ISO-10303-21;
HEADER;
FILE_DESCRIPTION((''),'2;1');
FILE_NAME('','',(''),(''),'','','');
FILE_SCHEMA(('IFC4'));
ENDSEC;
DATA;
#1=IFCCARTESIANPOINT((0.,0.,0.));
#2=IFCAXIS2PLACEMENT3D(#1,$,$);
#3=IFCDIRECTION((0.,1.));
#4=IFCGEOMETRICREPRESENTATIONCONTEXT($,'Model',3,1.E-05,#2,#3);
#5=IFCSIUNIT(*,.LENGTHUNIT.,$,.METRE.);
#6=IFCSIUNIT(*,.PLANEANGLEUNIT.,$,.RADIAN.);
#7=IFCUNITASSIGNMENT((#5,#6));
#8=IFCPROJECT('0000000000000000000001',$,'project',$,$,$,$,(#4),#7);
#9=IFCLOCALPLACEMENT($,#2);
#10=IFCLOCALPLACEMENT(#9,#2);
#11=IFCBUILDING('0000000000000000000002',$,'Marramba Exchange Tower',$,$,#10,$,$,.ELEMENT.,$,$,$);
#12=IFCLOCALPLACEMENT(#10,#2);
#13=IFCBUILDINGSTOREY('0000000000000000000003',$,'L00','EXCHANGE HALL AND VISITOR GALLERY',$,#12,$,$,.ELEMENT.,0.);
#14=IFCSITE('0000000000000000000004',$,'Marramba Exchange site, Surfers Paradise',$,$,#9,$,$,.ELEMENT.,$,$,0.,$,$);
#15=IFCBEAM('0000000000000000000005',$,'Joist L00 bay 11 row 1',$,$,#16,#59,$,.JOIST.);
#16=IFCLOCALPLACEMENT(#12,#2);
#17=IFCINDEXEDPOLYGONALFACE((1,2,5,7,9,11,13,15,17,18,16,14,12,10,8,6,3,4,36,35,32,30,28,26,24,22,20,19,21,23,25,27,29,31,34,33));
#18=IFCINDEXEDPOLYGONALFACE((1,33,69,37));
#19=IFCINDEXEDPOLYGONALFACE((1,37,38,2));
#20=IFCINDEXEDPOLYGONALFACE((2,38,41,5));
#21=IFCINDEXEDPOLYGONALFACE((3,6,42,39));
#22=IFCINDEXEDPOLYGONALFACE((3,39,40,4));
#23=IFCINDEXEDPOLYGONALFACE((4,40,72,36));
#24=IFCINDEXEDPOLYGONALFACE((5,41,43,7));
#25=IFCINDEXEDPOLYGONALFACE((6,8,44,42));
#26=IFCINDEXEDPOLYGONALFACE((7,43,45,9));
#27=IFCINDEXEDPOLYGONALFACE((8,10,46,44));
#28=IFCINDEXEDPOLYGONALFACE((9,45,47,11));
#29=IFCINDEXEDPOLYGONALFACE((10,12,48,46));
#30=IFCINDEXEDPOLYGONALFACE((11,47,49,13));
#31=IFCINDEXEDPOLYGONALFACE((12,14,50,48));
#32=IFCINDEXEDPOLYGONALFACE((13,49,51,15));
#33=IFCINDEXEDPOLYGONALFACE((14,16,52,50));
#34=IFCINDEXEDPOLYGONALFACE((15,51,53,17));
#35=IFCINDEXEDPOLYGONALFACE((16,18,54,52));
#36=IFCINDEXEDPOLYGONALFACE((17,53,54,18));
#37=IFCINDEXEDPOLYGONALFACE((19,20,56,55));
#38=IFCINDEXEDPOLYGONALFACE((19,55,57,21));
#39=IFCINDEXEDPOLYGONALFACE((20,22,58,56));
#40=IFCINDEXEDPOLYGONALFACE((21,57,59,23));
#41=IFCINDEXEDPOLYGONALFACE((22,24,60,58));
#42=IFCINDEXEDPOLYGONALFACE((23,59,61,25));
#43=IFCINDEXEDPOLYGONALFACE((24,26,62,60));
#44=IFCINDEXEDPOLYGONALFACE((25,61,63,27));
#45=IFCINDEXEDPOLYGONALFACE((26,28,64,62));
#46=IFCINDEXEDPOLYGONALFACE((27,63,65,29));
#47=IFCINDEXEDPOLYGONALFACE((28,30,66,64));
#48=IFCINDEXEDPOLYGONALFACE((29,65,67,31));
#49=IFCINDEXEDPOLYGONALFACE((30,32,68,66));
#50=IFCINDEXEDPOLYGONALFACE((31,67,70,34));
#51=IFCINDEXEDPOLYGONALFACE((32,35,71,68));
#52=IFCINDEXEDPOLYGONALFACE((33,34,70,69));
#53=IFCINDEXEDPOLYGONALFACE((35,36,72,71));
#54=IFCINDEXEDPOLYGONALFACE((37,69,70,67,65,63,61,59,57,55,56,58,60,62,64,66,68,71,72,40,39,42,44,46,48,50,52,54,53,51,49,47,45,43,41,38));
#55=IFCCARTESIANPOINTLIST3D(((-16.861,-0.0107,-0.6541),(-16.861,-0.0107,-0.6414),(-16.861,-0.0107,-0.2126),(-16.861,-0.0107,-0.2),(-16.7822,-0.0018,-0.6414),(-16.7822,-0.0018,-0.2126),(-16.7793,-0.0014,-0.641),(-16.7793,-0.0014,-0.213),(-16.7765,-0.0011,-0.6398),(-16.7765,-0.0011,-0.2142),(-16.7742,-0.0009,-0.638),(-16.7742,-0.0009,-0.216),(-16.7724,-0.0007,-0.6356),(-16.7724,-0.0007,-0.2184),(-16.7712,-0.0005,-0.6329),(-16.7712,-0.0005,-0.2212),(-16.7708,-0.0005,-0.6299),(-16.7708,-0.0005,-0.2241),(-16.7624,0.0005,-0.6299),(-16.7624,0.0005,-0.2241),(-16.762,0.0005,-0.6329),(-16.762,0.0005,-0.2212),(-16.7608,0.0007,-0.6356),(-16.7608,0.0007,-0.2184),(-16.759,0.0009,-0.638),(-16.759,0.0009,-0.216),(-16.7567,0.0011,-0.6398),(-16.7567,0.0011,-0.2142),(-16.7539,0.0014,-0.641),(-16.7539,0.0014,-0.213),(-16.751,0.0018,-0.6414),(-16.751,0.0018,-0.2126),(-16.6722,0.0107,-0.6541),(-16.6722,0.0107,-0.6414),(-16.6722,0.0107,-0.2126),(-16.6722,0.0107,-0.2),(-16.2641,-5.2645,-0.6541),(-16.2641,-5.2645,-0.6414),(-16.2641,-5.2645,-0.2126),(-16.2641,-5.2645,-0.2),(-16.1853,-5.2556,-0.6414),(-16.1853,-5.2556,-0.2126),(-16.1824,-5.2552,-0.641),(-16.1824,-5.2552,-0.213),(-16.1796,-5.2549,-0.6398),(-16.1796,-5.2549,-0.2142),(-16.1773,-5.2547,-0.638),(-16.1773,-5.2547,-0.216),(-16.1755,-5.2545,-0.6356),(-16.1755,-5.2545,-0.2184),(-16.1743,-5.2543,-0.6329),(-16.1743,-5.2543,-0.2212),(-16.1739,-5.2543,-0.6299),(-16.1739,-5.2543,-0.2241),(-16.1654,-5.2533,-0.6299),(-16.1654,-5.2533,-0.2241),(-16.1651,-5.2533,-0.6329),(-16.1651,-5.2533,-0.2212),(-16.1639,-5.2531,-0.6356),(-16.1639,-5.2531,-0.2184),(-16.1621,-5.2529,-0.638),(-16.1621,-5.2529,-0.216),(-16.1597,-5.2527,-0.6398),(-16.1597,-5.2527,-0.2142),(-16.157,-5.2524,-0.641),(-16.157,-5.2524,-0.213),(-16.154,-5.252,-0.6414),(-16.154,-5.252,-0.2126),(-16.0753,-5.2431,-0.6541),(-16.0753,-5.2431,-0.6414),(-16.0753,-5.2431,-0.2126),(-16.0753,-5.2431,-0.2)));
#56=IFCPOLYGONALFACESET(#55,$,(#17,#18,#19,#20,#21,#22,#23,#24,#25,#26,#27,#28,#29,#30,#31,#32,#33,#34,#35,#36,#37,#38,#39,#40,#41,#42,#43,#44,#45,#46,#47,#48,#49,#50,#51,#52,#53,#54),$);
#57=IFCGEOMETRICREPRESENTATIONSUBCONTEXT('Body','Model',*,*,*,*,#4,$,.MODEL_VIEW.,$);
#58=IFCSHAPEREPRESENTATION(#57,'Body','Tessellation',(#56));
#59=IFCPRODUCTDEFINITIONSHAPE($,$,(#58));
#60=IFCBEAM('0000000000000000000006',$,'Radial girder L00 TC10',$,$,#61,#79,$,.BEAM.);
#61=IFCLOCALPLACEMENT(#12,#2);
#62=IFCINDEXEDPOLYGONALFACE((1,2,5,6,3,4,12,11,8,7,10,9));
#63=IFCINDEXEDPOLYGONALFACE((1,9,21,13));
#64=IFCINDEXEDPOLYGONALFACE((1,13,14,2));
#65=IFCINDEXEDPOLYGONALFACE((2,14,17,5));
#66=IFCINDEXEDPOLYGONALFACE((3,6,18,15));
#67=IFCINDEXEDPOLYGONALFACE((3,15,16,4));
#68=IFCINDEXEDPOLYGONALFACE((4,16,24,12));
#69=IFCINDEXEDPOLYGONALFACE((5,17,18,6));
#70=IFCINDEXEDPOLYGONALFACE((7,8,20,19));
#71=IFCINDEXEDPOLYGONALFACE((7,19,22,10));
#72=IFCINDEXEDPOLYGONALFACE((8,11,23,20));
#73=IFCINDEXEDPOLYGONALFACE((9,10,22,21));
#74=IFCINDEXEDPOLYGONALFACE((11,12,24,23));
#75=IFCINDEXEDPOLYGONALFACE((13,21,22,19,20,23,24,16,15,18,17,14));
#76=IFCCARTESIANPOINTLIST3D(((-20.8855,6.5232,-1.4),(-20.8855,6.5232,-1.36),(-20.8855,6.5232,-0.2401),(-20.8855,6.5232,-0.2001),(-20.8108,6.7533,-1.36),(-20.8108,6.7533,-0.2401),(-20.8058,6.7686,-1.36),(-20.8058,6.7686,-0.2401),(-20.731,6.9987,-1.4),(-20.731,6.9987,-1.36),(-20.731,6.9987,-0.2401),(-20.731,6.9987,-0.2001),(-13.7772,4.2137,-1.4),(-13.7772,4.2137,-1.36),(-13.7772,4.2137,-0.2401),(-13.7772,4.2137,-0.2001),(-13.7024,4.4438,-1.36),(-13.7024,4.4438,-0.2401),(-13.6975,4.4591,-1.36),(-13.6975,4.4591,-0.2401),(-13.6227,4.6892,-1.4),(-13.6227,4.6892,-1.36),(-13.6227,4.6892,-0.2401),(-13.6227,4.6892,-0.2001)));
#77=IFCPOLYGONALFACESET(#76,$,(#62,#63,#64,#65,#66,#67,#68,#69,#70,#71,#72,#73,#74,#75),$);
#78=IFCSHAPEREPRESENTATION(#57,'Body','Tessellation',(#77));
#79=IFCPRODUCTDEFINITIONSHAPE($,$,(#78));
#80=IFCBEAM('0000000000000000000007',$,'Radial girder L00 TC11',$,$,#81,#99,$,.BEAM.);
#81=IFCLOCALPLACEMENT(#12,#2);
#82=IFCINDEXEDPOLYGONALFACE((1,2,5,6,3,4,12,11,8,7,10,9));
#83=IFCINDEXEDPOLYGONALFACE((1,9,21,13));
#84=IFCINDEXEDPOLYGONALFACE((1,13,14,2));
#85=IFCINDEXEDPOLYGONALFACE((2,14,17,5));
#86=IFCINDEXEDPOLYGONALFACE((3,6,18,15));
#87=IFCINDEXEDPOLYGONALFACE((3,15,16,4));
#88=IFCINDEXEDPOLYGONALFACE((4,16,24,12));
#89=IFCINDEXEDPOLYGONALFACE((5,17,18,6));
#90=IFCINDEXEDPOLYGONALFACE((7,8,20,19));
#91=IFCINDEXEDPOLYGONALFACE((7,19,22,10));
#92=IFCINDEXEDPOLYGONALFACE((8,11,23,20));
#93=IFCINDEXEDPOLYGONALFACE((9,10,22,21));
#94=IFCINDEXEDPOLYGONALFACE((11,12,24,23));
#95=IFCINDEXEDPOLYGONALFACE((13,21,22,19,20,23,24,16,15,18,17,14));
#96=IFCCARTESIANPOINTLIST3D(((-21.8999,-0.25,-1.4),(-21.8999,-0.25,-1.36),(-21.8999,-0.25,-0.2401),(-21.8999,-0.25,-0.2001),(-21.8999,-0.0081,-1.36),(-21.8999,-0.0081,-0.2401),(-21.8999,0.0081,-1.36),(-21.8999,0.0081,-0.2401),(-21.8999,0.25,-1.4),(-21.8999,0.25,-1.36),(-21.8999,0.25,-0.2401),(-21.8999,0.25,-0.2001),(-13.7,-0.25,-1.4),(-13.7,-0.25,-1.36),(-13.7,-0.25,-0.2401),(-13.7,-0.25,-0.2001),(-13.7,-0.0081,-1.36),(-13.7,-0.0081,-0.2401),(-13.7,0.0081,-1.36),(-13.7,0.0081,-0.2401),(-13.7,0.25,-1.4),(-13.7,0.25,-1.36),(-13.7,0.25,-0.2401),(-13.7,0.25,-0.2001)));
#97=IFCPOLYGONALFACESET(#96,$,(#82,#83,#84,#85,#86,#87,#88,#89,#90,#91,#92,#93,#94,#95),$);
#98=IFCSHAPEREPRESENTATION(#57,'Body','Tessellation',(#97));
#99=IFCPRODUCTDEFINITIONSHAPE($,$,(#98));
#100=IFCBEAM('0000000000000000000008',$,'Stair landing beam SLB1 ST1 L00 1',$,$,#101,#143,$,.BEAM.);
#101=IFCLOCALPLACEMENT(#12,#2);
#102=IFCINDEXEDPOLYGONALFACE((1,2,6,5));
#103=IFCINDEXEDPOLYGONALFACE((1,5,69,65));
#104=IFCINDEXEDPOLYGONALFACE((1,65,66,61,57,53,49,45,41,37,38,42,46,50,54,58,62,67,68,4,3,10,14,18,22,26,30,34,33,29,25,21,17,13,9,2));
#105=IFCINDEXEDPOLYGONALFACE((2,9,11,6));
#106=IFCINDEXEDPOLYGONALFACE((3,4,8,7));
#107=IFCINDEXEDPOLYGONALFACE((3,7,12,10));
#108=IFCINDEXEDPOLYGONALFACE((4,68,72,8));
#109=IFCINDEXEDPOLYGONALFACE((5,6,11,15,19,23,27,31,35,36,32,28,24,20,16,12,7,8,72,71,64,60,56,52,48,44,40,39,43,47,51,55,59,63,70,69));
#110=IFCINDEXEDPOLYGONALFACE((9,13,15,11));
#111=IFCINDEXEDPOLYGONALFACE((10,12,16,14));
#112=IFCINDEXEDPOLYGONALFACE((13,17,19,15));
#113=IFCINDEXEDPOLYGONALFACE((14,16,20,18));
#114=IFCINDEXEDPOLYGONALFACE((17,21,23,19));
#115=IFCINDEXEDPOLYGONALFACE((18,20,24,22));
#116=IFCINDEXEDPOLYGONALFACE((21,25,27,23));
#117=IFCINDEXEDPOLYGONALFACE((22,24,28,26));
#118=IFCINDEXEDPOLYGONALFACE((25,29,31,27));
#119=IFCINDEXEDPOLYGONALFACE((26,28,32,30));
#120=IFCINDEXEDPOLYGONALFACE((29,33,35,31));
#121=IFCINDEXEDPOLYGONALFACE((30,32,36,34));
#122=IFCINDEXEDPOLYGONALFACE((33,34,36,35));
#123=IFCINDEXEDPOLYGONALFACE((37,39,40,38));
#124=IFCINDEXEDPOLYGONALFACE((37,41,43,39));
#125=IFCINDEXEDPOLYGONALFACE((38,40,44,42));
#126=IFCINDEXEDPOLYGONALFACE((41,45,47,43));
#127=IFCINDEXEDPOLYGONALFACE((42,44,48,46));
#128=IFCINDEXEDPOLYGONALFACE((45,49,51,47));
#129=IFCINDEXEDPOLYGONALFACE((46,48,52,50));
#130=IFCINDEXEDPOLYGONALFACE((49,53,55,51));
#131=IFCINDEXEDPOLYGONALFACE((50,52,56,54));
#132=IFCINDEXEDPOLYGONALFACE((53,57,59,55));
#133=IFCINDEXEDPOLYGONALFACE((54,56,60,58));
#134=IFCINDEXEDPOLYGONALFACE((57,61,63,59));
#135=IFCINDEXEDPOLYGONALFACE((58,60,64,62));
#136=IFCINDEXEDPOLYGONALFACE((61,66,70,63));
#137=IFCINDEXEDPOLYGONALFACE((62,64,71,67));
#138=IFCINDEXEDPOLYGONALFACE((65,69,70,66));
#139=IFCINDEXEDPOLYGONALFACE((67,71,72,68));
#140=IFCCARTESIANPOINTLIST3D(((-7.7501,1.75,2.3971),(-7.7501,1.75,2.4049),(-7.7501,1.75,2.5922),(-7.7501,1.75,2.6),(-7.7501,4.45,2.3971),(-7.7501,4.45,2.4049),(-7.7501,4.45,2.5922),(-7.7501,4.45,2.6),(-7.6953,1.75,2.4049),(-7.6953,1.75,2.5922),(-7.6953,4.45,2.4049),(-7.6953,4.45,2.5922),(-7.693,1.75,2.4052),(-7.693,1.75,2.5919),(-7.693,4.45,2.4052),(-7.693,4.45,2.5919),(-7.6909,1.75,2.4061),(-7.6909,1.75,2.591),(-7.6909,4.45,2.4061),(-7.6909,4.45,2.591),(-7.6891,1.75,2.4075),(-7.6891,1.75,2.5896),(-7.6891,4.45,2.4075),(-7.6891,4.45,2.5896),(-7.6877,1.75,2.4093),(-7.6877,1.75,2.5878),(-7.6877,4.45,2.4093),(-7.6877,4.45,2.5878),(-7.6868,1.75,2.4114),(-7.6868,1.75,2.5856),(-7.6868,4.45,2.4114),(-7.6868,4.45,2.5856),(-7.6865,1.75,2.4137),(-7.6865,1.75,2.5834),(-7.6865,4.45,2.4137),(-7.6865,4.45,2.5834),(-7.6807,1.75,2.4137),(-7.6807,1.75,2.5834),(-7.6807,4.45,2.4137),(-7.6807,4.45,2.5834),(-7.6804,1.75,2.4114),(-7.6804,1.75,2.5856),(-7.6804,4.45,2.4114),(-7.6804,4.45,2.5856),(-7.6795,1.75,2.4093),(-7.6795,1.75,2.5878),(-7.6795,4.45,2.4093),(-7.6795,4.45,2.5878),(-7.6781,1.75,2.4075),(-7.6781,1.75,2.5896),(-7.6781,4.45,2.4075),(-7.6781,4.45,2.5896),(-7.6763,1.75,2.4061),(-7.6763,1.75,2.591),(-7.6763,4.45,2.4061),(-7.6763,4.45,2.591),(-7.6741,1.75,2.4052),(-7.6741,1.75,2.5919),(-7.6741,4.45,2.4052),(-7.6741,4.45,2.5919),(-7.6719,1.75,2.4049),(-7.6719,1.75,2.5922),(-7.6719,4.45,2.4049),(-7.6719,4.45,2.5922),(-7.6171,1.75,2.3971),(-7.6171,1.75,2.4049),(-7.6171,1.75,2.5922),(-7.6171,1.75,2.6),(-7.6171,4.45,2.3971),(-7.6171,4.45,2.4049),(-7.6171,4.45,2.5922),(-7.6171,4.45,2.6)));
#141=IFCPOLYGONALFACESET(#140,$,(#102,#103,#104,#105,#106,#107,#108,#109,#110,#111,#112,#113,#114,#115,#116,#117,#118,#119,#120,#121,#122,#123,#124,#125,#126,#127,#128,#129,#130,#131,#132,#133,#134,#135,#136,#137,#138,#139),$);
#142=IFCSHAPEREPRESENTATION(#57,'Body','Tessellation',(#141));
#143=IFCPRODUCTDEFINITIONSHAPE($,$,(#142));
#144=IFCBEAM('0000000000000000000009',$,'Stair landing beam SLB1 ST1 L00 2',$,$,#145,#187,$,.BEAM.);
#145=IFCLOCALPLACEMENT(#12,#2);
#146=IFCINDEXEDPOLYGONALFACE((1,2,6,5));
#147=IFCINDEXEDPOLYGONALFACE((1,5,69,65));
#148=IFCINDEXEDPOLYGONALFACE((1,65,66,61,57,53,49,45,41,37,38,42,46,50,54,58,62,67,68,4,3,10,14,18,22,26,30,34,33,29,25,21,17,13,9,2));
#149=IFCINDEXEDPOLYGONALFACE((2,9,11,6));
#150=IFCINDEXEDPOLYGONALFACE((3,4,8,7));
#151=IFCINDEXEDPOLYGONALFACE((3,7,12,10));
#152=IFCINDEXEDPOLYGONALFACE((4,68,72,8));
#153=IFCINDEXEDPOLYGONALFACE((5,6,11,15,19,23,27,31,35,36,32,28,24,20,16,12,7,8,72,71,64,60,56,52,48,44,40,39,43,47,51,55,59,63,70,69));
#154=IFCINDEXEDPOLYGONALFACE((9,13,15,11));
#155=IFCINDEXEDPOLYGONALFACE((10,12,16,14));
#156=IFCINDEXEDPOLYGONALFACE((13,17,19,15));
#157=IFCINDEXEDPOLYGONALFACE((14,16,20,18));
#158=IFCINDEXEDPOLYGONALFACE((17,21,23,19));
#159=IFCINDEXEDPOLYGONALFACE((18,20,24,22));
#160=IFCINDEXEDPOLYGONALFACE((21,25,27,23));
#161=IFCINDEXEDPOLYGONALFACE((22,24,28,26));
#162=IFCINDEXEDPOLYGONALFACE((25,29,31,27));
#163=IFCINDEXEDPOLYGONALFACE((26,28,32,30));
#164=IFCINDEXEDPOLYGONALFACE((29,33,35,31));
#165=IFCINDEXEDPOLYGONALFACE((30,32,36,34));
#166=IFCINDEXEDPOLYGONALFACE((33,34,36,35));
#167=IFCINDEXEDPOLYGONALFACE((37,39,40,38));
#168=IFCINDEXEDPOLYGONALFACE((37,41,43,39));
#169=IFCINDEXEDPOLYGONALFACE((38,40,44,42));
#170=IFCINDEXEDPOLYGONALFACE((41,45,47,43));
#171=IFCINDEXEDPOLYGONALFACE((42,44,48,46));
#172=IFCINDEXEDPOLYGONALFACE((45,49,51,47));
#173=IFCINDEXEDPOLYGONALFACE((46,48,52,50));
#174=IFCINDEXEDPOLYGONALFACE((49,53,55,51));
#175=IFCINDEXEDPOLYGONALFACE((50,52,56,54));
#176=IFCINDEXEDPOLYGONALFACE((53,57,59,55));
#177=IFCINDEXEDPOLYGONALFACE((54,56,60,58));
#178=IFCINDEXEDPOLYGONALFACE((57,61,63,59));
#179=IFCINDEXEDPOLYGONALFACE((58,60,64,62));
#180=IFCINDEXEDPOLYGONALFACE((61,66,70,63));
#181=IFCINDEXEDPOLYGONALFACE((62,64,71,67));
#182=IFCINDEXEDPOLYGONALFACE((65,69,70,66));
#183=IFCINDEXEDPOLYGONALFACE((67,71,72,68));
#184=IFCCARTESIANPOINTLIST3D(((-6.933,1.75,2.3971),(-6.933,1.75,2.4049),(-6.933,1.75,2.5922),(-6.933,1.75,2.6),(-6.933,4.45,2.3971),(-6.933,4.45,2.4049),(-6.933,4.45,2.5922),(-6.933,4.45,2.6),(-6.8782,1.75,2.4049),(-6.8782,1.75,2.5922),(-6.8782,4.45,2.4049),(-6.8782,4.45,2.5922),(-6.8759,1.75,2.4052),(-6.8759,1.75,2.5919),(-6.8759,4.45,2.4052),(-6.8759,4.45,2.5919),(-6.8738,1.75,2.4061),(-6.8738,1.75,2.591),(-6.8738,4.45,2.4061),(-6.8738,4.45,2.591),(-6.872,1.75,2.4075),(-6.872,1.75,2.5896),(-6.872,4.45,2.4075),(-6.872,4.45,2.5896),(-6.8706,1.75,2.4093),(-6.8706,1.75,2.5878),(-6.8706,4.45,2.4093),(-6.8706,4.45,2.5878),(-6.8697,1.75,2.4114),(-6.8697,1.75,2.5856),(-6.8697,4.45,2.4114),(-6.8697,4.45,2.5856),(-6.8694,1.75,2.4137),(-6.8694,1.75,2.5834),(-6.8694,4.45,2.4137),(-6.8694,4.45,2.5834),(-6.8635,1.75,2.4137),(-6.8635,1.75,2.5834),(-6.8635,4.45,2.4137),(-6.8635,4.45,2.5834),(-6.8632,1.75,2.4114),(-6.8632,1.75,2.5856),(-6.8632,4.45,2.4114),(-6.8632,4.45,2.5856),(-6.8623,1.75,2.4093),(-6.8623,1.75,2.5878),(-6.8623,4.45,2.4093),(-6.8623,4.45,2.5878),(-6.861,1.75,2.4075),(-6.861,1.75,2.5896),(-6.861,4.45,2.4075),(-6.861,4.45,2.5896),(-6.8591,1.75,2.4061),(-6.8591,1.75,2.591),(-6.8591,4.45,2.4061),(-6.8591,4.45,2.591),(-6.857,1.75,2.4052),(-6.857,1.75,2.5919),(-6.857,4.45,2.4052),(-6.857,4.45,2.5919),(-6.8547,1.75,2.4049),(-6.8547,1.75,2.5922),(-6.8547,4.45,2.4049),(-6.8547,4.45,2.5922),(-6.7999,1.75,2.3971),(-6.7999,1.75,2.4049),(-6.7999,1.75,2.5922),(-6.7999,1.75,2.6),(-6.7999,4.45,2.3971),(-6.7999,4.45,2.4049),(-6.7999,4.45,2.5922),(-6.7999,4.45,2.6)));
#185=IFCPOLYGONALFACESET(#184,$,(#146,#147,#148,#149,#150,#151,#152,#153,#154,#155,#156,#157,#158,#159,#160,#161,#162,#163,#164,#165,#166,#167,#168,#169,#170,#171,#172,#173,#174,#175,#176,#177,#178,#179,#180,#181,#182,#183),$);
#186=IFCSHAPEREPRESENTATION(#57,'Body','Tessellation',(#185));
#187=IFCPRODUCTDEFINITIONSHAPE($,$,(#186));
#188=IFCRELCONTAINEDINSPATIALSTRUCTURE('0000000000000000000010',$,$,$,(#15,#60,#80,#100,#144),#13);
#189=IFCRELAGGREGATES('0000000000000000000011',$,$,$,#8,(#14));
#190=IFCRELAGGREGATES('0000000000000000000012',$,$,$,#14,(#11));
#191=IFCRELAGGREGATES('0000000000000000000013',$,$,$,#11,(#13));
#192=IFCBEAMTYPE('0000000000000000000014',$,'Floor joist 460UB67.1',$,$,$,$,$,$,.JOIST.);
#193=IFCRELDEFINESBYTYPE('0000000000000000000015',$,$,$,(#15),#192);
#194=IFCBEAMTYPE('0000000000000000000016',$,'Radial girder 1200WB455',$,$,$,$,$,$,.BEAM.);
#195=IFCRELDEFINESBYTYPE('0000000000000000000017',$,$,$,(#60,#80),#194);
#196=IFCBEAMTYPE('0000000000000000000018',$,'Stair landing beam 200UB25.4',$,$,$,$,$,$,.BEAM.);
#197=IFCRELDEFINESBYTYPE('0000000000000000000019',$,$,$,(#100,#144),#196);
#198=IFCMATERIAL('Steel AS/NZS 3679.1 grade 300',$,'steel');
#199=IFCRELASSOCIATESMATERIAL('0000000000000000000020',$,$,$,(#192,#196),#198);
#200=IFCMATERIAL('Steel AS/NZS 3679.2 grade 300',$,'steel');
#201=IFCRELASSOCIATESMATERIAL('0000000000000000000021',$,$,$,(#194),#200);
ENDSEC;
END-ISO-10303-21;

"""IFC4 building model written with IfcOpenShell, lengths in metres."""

from ifc_helpers import new_model, si_unit, direction, frame, origin, origin_2d, place, context, subcontext, project, spatial, i_section, extrude, material, material_profile, profile_set, type_object, element, save


model = new_model("IFC4")

# Units and contexts
model_context = context("Model", 3, precision=1e-05, world=origin(), true_north=direction((0.0, 1.0)))
body_context = subcontext(model_context, "Body", "Model", "MODEL_VIEW")
ifc_project = project(units=[si_unit("LENGTHUNIT", "METRE"), si_unit("PLANEANGLEUNIT", "RADIAN")], contexts=[model_context])

# Site, building, storey
site_placement = place(None, origin())
site = spatial("IfcSite", under=ifc_project, at=site_placement, Name="Marramba Exchange site, Surfers Paradise", CompositionType="ELEMENT", RefElevation=0.0)
building_placement = place(site_placement, origin())
building = spatial("IfcBuilding", under=site, at=building_placement, Name="Marramba Exchange Tower", CompositionType="ELEMENT")
storey_placement = place(building_placement, origin())
storey = spatial("IfcBuildingStorey", under=building, at=storey_placement, Name="L00", Description="EXCHANGE HALL AND VISITOR GALLERY", CompositionType="ELEMENT", Elevation=0.0)

# Beams
ifc_material_1 = material(Name="Steel AS/NZS 3679.1 grade 300", Category="steel")
ifc_material_profile_1 = material_profile(ifc_material_1, i_section(OverallWidth=0.1899, OverallDepth=0.4541, WebThickness=0.0085, FlangeThickness=0.0127, FilletRadius=0.0115, at=origin_2d()), Name="460UB67.1")
ifc_profile_set_1 = profile_set([ifc_material_profile_1], Name="Steel AS/NZS 3679.1 grade 300")
beam_type_1 = type_object("IfcBeamType", Name="Floor joist 460UB67.1", PredefinedType="JOIST", material=ifc_profile_set_1)
beam_1_placement = place(storey_placement, frame((-16.7666, 0.0, -0.427), z_axis=(0.112889, -0.993608, 0.0), x_axis=(0.993608, 0.112889, 0.0)))
element("IfcBeam", 1, at=beam_1_placement, inside=storey, type_object=beam_type_1, Name="Joist L00 bay 11 row 1", PredefinedType="JOIST", context=body_context, shape_type="SweptSolid", body=[
    extrude(i_section(OverallWidth=0.1899, OverallDepth=0.4541, WebThickness=0.0085, FlangeThickness=0.0127, FilletRadius=0.0115, at=origin_2d()), origin(), (0.0, 0.0, 1.0), 5.2876),
])
ifc_material_2 = material(Name="Steel AS/NZS 3679.2 grade 300", Category="steel")
ifc_material_profile_2 = material_profile(ifc_material_2, i_section(OverallWidth=0.5, OverallDepth=1.2, WebThickness=0.0161, FlangeThickness=0.04, at=origin_2d()), Name="1200WB455")
ifc_profile_set_2 = profile_set([ifc_material_profile_2], Name="Steel AS/NZS 3679.2 grade 300")
beam_type_2 = type_object("IfcBeamType", Name="Radial girder 1200WB455", PredefinedType="BEAM", material=ifc_profile_set_2)
beam_2_placement = place(storey_placement, frame((-13.7, 4.4514, -0.8), z_axis=(-0.95106, 0.309006, 0.0), x_axis=(-0.309006, -0.95106, 0.0)))
element("IfcBeam", 2, at=beam_2_placement, inside=storey, type_object=beam_type_2, Name="Radial girder L00 TC10", PredefinedType="BEAM", context=body_context, shape_type="SweptSolid", body=[
    extrude(i_section(OverallWidth=0.5, OverallDepth=1.2, WebThickness=0.0161, FlangeThickness=0.04, at=origin_2d()), origin(), (0.0, 0.0, 1.0), 7.4741),
])
beam_3_placement = place(storey_placement, frame((-13.7, 0.0, -0.8), z_axis=(-1.0, 0.0, 0.0), x_axis=(0.0, -1.0, 0.0)))
element("IfcBeam", 3, at=beam_3_placement, inside=storey, type_object=beam_type_2, Name="Radial girder L00 TC11", PredefinedType="BEAM", context=body_context, shape_type="SweptSolid", body=[
    extrude(i_section(OverallWidth=0.5, OverallDepth=1.2, WebThickness=0.0161, FlangeThickness=0.04, at=origin_2d()), origin(), (0.0, 0.0, 1.0), 8.2),
])
ifc_material_profile_3 = material_profile(ifc_material_1, i_section(OverallWidth=0.1331, OverallDepth=0.2029, WebThickness=0.0059, FlangeThickness=0.0078, FilletRadius=0.0088, at=origin_2d()), Name="200UB25.4")
ifc_profile_set_3 = profile_set([ifc_material_profile_3], Name="Steel AS/NZS 3679.1 grade 300")
beam_type_3 = type_object("IfcBeamType", Name="Stair landing beam 200UB25.4", PredefinedType="BEAM", material=ifc_profile_set_3)
for number, where, z_axis, x_axis, name in (
    (4, (-7.6836, 1.75, 2.4985), (0.0, 1.0, 0.0), (-1.0, 0.0, 0.0), "Stair landing beam SLB1 ST1 L00 1"),
    (5, (-6.8665, 1.75, 2.4985), (0.0, 1.0, 0.0), (-1.0, 0.0, 0.0), "Stair landing beam SLB1 ST1 L00 2"),
):
    element("IfcBeam", number, at=place(storey_placement, frame(where, z_axis=z_axis, x_axis=x_axis)), inside=storey, type_object=beam_type_3, Name=name, PredefinedType="BEAM", context=body_context, shape_type="SweptSolid", body=[
        extrude(i_section(OverallWidth=0.1331, OverallDepth=0.2029, WebThickness=0.0059, FlangeThickness=0.0078, FilletRadius=0.0088, at=origin_2d()), origin(), (0.0, 0.0, 1.0), 2.7),
    ])

save(model, "model.ifc")
